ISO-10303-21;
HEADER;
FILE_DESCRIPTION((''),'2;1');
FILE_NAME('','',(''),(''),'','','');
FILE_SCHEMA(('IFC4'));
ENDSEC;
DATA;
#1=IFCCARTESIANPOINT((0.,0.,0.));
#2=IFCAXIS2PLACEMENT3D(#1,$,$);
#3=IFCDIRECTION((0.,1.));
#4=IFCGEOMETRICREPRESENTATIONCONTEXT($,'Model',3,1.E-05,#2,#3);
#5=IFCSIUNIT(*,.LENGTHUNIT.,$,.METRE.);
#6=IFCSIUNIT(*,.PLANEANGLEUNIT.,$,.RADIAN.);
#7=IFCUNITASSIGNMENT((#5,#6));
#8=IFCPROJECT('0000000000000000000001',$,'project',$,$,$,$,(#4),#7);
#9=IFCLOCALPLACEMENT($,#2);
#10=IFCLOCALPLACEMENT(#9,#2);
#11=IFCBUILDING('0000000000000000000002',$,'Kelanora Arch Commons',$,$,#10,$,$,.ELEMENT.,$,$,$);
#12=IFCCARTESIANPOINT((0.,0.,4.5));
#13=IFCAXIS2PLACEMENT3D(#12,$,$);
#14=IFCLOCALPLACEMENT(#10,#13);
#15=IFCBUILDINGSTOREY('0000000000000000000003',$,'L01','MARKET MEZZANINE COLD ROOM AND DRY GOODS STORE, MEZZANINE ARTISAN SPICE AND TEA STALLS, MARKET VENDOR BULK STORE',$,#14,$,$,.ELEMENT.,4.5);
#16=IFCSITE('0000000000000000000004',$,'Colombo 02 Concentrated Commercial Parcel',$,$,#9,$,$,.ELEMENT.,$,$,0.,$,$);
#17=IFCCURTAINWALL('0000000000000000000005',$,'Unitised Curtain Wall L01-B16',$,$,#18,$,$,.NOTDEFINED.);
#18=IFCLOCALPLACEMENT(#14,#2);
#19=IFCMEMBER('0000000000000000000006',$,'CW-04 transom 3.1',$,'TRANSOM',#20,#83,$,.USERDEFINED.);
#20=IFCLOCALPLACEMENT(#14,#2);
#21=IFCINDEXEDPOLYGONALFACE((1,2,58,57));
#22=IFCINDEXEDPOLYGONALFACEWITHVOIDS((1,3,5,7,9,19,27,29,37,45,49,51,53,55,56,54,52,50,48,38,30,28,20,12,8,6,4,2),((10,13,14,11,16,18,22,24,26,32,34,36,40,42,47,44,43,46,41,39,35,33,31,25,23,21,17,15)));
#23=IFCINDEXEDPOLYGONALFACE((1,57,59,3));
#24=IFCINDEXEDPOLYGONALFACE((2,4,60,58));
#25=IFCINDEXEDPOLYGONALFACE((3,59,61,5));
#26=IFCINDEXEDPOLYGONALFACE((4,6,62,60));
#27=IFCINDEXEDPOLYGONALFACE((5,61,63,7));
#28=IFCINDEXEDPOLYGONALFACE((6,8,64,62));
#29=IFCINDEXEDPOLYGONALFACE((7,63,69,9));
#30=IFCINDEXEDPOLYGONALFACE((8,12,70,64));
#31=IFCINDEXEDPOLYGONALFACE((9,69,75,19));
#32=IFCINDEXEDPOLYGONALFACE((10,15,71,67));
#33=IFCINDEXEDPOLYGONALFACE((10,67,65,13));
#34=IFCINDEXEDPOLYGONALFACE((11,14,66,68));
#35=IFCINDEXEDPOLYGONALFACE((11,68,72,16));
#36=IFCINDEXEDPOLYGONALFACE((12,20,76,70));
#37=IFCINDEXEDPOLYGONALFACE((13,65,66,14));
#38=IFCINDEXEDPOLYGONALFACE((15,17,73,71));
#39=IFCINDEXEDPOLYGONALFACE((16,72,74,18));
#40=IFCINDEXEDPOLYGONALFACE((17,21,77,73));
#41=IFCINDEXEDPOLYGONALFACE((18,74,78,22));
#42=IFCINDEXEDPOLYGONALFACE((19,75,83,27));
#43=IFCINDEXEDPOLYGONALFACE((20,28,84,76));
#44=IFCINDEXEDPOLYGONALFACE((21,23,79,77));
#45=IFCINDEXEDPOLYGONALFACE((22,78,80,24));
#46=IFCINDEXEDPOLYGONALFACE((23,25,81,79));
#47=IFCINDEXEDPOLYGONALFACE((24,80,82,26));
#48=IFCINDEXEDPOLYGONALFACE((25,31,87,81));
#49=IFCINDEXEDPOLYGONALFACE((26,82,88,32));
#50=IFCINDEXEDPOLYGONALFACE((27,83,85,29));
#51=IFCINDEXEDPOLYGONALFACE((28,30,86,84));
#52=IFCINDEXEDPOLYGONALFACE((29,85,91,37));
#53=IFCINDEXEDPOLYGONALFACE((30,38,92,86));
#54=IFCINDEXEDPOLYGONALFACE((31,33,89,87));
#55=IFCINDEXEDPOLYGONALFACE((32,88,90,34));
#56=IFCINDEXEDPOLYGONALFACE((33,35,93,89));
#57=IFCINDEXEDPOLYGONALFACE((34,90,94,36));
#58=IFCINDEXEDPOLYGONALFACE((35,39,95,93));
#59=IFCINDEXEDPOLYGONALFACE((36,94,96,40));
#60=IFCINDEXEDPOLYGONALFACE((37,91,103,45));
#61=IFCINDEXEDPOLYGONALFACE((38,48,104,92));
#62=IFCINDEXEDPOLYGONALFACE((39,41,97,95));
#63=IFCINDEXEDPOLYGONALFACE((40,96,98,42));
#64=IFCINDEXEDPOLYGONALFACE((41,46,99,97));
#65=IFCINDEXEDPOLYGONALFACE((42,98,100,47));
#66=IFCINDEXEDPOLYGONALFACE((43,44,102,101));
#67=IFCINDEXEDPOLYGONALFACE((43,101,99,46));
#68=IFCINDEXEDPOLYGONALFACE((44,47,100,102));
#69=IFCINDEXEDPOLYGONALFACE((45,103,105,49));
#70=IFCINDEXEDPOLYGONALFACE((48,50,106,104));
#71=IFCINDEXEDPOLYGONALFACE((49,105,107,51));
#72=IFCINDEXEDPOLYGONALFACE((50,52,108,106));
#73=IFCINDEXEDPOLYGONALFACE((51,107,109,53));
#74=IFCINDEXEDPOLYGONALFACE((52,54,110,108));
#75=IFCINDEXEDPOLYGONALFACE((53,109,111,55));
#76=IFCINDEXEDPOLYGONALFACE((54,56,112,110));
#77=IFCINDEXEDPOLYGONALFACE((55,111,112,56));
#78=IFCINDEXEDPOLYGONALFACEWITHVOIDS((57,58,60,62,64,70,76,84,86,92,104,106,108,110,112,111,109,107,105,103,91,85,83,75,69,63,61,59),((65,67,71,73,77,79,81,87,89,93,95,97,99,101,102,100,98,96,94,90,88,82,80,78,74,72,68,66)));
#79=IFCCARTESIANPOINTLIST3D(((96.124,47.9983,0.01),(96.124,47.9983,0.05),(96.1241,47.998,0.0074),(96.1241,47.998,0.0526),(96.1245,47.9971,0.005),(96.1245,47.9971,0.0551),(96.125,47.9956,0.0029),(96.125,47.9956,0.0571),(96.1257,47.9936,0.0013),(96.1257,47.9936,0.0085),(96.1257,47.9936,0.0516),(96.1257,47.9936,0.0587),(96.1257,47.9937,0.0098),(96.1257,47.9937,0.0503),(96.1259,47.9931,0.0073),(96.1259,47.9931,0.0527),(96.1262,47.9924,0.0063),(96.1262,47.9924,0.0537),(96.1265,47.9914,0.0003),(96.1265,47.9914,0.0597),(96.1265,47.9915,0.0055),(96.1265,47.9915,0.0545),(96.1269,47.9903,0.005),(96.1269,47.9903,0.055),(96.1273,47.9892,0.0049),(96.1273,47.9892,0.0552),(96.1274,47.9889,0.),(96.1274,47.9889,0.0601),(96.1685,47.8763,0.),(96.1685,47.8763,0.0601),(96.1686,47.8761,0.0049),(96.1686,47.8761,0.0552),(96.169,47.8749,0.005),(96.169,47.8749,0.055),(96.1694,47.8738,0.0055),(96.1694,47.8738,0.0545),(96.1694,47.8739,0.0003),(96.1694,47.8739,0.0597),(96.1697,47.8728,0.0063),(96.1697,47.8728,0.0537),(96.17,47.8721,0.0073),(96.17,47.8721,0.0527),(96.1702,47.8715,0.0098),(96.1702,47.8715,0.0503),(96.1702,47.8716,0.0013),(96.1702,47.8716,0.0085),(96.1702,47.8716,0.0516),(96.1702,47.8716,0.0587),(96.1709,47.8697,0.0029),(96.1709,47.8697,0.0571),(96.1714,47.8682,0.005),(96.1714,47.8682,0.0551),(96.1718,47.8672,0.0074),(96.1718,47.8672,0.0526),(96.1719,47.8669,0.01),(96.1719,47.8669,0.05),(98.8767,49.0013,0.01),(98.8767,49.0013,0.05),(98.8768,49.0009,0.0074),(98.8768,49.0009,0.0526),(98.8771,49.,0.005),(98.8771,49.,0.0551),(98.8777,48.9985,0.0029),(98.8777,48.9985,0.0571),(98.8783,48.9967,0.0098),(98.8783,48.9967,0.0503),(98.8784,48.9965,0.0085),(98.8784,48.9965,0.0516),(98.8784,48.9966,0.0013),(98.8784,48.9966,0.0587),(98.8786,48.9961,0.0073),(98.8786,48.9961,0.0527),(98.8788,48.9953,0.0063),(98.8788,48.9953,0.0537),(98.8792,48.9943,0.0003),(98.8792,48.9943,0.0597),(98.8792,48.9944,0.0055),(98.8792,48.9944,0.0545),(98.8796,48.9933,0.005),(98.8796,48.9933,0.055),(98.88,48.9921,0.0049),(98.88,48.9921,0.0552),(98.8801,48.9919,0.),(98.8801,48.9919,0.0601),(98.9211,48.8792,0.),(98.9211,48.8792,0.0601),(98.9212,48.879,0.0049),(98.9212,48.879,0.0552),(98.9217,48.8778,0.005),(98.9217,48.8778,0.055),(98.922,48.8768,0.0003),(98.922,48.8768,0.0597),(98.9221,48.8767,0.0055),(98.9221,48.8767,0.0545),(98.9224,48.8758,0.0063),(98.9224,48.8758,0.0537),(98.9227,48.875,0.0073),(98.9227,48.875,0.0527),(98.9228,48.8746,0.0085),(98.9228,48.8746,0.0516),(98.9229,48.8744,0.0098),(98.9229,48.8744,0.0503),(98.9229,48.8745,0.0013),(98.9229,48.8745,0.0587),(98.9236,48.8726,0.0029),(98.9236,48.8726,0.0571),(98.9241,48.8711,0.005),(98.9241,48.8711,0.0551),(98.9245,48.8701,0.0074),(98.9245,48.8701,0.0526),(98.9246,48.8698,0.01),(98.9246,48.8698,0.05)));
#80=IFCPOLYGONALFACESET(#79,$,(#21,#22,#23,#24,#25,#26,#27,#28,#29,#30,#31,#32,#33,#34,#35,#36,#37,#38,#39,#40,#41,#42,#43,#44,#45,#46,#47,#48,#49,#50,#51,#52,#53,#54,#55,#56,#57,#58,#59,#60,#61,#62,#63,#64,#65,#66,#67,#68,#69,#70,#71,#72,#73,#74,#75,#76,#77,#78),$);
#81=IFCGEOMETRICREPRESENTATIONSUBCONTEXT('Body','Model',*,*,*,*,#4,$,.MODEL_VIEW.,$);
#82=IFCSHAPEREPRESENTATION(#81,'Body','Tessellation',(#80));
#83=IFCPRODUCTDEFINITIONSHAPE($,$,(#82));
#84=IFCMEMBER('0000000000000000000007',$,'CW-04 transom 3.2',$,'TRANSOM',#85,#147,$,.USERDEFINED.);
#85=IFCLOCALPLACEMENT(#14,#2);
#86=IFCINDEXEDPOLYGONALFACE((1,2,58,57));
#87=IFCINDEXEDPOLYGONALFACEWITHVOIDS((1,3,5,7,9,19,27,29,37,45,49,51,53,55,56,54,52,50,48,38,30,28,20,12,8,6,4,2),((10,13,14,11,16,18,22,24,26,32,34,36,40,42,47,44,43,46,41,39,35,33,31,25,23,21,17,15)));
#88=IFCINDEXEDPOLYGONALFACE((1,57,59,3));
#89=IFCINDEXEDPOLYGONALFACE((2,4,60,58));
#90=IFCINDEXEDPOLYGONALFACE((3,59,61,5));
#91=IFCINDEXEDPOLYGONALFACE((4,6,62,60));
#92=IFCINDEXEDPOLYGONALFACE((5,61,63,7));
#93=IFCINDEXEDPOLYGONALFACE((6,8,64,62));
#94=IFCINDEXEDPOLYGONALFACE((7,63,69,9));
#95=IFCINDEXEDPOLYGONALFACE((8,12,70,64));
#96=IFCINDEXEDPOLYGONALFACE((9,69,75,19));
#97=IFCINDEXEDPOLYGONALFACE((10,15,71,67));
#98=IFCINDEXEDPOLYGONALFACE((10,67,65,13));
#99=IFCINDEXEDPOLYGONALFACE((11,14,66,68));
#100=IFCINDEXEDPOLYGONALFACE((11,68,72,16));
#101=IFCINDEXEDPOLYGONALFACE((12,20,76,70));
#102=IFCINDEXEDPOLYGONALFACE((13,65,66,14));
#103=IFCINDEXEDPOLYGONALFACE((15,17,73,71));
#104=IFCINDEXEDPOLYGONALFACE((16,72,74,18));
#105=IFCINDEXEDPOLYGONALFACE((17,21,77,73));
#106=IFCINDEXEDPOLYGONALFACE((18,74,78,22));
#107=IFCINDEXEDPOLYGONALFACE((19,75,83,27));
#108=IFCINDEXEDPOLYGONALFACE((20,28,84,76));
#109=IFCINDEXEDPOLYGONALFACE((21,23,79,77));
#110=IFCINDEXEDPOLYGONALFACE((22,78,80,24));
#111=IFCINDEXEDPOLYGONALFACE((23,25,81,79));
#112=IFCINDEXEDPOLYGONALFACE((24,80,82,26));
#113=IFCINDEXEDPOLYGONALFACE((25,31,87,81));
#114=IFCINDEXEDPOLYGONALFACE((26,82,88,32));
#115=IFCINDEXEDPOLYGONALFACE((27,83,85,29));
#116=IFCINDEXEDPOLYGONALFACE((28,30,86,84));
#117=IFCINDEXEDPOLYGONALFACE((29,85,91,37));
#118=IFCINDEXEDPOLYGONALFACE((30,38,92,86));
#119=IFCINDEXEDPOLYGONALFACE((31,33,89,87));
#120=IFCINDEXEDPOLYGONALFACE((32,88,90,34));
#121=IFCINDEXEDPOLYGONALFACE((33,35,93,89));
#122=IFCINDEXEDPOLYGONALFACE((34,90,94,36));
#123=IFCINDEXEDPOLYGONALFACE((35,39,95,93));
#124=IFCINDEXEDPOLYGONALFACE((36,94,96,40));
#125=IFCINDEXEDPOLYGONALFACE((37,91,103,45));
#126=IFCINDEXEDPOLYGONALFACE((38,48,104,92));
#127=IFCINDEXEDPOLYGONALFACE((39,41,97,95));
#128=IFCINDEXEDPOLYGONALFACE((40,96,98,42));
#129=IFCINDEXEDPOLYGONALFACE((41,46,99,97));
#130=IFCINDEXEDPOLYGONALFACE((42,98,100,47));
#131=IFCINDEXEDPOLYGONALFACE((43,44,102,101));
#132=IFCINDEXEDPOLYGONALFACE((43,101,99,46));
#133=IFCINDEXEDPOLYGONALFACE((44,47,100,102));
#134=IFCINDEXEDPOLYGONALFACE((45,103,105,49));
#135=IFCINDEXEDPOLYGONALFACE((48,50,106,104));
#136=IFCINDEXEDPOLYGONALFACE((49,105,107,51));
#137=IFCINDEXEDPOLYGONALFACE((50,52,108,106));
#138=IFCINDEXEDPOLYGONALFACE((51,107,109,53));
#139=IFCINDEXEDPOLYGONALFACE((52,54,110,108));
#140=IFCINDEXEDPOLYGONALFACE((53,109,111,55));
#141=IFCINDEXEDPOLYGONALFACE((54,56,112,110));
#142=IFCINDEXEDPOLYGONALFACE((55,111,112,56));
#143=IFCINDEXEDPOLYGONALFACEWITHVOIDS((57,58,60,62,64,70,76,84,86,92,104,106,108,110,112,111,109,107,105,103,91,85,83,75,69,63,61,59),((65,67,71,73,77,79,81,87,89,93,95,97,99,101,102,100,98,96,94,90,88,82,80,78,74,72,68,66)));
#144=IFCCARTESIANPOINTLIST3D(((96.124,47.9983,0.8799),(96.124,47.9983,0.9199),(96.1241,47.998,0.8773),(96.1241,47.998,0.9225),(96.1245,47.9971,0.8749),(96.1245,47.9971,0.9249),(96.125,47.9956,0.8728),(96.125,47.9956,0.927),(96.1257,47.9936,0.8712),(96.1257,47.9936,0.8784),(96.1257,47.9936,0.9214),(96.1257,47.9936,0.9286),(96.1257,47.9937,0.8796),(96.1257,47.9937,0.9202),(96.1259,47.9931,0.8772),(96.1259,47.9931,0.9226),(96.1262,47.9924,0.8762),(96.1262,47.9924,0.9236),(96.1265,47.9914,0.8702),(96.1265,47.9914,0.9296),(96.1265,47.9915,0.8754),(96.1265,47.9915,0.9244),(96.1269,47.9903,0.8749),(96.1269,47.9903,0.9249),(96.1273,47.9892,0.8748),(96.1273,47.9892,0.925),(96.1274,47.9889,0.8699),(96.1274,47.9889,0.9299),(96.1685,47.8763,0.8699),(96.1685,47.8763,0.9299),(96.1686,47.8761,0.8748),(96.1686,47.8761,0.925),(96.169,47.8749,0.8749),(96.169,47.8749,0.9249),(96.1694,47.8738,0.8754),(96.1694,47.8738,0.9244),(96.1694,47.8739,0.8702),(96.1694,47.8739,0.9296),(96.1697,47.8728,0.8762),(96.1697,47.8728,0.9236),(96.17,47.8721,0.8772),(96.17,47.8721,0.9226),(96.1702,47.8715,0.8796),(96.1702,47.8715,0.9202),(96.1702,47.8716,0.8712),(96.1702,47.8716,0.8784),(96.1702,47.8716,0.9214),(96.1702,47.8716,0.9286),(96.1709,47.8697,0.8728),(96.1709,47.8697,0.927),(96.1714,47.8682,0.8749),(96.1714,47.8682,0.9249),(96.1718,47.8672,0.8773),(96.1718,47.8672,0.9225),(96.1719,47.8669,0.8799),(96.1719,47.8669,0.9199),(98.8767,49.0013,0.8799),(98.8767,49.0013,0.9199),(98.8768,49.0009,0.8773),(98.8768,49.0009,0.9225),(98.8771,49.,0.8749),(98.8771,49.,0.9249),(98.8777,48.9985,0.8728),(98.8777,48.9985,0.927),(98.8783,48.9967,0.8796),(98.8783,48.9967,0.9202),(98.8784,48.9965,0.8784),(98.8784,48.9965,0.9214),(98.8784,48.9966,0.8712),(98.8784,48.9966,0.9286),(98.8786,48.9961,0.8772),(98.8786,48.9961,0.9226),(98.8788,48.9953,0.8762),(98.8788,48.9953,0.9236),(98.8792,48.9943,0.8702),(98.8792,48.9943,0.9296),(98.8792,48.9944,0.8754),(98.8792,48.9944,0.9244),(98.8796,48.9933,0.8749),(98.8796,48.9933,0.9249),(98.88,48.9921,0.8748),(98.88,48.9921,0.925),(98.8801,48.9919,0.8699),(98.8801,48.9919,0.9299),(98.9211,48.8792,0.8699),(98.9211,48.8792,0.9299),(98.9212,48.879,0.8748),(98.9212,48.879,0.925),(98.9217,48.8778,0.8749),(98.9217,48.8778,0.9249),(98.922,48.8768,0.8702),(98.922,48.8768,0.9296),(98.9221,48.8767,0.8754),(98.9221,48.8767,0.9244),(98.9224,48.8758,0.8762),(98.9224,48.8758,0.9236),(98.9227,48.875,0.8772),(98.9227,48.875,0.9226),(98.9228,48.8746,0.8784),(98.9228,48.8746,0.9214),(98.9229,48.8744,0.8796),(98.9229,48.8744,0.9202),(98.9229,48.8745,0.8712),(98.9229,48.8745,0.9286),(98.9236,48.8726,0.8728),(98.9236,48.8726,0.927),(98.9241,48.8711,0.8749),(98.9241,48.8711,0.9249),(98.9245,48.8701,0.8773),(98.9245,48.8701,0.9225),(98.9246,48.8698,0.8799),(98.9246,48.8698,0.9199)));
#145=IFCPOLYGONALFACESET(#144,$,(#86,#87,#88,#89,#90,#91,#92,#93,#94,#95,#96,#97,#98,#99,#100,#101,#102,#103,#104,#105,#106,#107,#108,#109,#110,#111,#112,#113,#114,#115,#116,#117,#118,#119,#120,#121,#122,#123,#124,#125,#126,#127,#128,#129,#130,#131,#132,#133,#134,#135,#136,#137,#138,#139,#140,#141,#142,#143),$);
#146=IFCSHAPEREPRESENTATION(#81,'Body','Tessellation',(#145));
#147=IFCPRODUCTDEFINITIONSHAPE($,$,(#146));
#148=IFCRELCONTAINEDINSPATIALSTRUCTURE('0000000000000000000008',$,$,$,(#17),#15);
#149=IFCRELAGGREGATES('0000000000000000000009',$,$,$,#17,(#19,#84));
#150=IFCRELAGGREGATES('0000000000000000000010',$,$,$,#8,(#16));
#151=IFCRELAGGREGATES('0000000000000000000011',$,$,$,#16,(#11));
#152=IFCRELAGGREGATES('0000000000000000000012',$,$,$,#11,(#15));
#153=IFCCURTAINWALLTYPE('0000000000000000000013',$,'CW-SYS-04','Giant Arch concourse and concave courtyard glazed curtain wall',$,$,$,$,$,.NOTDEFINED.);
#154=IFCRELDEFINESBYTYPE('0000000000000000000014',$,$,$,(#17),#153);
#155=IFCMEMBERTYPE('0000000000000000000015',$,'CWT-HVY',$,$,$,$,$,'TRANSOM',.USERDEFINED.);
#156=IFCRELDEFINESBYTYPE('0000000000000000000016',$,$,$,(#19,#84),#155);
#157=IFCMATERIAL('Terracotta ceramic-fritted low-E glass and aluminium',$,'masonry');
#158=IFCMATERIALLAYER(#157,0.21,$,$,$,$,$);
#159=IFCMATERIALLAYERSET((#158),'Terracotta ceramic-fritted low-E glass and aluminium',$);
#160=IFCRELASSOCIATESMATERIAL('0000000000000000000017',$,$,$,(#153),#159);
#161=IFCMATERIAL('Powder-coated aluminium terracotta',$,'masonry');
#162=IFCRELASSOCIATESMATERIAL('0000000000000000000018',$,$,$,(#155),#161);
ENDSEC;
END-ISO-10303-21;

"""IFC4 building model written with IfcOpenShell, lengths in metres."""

from ifc_helpers import new_model, si_unit, direction, frame, origin, origin_2d, place, context, subcontext, project, spatial, hollow_rectangle, extrude, material, layer, layer_set, material_profile, profile_set, type_object, element, aggregate, save


model = new_model("IFC4")

# Units and contexts
model_context = context("Model", 3, precision=1e-05, world=origin(), true_north=direction((0.0, 1.0)))
body_context = subcontext(model_context, "Body", "Model", "MODEL_VIEW")
ifc_project = project(units=[si_unit("LENGTHUNIT", "METRE"), si_unit("PLANEANGLEUNIT", "RADIAN")], contexts=[model_context])

# Site, building, storey
site_placement = place(None, origin())
site = spatial("IfcSite", under=ifc_project, at=site_placement, Name="Colombo 02 Concentrated Commercial Parcel", CompositionType="ELEMENT", RefElevation=0.0)
building_placement = place(site_placement, origin())
building = spatial("IfcBuilding", under=site, at=building_placement, Name="Kelanora Arch Commons", CompositionType="ELEMENT")
storey_placement = place(building_placement, frame((0.0, 0.0, 4.5)))
storey = spatial("IfcBuildingStorey", under=building, at=storey_placement, Name="L01", Description="MARKET MEZZANINE COLD ROOM AND DRY GOODS STORE, MEZZANINE ARTISAN SPICE AND TEA STALLS, MARKET VENDOR BULK STORE", CompositionType="ELEMENT", Elevation=4.5)

# Curtain wall, members
ifc_material_1 = material(Name="Terracotta ceramic-fritted low-E glass and aluminium", Category="masonry")
ifc_layer_1 = layer(ifc_material_1, 0.21)
ifc_layer_set_1 = layer_set([ifc_layer_1], Name="Terracotta ceramic-fritted low-E glass and aluminium")
curtain_wall_type = type_object("IfcCurtainWallType", Name="CW-SYS-04", Description="Giant Arch concourse and concave courtyard glazed curtain wall", PredefinedType="NOTDEFINED", material=ifc_layer_set_1)
curtain_wall_placement = place(storey_placement, origin())
curtain_wall = element("IfcCurtainWall", 1, at=curtain_wall_placement, inside=storey, type_object=curtain_wall_type, Name="Unitised Curtain Wall L01-B16", PredefinedType="NOTDEFINED")
ifc_material_2 = material(Name="Powder-coated aluminium terracotta", Category="masonry")
ifc_material_profile_1 = material_profile(ifc_material_2, hollow_rectangle(XDim=0.1399, YDim=0.0601, WallThickness=0.0049, InnerFilletRadius=0.0049, OuterFilletRadius=0.01, at=origin_2d()), Name="CWT140x60")
ifc_profile_set_1 = profile_set([ifc_material_profile_1], Name="Powder-coated aluminium terracotta")
member_type_1 = type_object("IfcMemberType", Name="CWT-HVY", ElementType="TRANSOM", PredefinedType="USERDEFINED", material=ifc_profile_set_1)
member_1_placement = place(storey_placement, frame((96.1479, 47.9326, 0.03), z_axis=(0.939579, 0.342332, 0.0), x_axis=(-0.342332, 0.939579, 0.0)))
member_1 = element("IfcMember", 2, at=member_1_placement, type_object=member_type_1, Name="CW-04 transom 3.1", ObjectType="TRANSOM", PredefinedType="USERDEFINED", context=body_context, shape_type="SweptSolid", body=[
    extrude(hollow_rectangle(XDim=0.1399, YDim=0.0601, WallThickness=0.0049, InnerFilletRadius=0.0049, OuterFilletRadius=0.01, at=origin_2d()), origin(), (0.0, 0.0, 1.0), 2.9297),
])
member_2_placement = place(storey_placement, frame((96.1479, 47.9326, 0.8999), z_axis=(0.939579, 0.342332, 0.0), x_axis=(-0.342332, 0.939579, 0.0)))
member_2 = element("IfcMember", 3, at=member_2_placement, type_object=member_type_1, Name="CW-04 transom 3.2", ObjectType="TRANSOM", PredefinedType="USERDEFINED", context=body_context, shape_type="SweptSolid", body=[
    extrude(hollow_rectangle(XDim=0.1399, YDim=0.0601, WallThickness=0.0049, InnerFilletRadius=0.0049, OuterFilletRadius=0.01, at=origin_2d()), origin(), (0.0, 0.0, 1.0), 2.9297),
])
aggregate(curtain_wall, [member_1, member_2])

save(model, "model.ifc")
